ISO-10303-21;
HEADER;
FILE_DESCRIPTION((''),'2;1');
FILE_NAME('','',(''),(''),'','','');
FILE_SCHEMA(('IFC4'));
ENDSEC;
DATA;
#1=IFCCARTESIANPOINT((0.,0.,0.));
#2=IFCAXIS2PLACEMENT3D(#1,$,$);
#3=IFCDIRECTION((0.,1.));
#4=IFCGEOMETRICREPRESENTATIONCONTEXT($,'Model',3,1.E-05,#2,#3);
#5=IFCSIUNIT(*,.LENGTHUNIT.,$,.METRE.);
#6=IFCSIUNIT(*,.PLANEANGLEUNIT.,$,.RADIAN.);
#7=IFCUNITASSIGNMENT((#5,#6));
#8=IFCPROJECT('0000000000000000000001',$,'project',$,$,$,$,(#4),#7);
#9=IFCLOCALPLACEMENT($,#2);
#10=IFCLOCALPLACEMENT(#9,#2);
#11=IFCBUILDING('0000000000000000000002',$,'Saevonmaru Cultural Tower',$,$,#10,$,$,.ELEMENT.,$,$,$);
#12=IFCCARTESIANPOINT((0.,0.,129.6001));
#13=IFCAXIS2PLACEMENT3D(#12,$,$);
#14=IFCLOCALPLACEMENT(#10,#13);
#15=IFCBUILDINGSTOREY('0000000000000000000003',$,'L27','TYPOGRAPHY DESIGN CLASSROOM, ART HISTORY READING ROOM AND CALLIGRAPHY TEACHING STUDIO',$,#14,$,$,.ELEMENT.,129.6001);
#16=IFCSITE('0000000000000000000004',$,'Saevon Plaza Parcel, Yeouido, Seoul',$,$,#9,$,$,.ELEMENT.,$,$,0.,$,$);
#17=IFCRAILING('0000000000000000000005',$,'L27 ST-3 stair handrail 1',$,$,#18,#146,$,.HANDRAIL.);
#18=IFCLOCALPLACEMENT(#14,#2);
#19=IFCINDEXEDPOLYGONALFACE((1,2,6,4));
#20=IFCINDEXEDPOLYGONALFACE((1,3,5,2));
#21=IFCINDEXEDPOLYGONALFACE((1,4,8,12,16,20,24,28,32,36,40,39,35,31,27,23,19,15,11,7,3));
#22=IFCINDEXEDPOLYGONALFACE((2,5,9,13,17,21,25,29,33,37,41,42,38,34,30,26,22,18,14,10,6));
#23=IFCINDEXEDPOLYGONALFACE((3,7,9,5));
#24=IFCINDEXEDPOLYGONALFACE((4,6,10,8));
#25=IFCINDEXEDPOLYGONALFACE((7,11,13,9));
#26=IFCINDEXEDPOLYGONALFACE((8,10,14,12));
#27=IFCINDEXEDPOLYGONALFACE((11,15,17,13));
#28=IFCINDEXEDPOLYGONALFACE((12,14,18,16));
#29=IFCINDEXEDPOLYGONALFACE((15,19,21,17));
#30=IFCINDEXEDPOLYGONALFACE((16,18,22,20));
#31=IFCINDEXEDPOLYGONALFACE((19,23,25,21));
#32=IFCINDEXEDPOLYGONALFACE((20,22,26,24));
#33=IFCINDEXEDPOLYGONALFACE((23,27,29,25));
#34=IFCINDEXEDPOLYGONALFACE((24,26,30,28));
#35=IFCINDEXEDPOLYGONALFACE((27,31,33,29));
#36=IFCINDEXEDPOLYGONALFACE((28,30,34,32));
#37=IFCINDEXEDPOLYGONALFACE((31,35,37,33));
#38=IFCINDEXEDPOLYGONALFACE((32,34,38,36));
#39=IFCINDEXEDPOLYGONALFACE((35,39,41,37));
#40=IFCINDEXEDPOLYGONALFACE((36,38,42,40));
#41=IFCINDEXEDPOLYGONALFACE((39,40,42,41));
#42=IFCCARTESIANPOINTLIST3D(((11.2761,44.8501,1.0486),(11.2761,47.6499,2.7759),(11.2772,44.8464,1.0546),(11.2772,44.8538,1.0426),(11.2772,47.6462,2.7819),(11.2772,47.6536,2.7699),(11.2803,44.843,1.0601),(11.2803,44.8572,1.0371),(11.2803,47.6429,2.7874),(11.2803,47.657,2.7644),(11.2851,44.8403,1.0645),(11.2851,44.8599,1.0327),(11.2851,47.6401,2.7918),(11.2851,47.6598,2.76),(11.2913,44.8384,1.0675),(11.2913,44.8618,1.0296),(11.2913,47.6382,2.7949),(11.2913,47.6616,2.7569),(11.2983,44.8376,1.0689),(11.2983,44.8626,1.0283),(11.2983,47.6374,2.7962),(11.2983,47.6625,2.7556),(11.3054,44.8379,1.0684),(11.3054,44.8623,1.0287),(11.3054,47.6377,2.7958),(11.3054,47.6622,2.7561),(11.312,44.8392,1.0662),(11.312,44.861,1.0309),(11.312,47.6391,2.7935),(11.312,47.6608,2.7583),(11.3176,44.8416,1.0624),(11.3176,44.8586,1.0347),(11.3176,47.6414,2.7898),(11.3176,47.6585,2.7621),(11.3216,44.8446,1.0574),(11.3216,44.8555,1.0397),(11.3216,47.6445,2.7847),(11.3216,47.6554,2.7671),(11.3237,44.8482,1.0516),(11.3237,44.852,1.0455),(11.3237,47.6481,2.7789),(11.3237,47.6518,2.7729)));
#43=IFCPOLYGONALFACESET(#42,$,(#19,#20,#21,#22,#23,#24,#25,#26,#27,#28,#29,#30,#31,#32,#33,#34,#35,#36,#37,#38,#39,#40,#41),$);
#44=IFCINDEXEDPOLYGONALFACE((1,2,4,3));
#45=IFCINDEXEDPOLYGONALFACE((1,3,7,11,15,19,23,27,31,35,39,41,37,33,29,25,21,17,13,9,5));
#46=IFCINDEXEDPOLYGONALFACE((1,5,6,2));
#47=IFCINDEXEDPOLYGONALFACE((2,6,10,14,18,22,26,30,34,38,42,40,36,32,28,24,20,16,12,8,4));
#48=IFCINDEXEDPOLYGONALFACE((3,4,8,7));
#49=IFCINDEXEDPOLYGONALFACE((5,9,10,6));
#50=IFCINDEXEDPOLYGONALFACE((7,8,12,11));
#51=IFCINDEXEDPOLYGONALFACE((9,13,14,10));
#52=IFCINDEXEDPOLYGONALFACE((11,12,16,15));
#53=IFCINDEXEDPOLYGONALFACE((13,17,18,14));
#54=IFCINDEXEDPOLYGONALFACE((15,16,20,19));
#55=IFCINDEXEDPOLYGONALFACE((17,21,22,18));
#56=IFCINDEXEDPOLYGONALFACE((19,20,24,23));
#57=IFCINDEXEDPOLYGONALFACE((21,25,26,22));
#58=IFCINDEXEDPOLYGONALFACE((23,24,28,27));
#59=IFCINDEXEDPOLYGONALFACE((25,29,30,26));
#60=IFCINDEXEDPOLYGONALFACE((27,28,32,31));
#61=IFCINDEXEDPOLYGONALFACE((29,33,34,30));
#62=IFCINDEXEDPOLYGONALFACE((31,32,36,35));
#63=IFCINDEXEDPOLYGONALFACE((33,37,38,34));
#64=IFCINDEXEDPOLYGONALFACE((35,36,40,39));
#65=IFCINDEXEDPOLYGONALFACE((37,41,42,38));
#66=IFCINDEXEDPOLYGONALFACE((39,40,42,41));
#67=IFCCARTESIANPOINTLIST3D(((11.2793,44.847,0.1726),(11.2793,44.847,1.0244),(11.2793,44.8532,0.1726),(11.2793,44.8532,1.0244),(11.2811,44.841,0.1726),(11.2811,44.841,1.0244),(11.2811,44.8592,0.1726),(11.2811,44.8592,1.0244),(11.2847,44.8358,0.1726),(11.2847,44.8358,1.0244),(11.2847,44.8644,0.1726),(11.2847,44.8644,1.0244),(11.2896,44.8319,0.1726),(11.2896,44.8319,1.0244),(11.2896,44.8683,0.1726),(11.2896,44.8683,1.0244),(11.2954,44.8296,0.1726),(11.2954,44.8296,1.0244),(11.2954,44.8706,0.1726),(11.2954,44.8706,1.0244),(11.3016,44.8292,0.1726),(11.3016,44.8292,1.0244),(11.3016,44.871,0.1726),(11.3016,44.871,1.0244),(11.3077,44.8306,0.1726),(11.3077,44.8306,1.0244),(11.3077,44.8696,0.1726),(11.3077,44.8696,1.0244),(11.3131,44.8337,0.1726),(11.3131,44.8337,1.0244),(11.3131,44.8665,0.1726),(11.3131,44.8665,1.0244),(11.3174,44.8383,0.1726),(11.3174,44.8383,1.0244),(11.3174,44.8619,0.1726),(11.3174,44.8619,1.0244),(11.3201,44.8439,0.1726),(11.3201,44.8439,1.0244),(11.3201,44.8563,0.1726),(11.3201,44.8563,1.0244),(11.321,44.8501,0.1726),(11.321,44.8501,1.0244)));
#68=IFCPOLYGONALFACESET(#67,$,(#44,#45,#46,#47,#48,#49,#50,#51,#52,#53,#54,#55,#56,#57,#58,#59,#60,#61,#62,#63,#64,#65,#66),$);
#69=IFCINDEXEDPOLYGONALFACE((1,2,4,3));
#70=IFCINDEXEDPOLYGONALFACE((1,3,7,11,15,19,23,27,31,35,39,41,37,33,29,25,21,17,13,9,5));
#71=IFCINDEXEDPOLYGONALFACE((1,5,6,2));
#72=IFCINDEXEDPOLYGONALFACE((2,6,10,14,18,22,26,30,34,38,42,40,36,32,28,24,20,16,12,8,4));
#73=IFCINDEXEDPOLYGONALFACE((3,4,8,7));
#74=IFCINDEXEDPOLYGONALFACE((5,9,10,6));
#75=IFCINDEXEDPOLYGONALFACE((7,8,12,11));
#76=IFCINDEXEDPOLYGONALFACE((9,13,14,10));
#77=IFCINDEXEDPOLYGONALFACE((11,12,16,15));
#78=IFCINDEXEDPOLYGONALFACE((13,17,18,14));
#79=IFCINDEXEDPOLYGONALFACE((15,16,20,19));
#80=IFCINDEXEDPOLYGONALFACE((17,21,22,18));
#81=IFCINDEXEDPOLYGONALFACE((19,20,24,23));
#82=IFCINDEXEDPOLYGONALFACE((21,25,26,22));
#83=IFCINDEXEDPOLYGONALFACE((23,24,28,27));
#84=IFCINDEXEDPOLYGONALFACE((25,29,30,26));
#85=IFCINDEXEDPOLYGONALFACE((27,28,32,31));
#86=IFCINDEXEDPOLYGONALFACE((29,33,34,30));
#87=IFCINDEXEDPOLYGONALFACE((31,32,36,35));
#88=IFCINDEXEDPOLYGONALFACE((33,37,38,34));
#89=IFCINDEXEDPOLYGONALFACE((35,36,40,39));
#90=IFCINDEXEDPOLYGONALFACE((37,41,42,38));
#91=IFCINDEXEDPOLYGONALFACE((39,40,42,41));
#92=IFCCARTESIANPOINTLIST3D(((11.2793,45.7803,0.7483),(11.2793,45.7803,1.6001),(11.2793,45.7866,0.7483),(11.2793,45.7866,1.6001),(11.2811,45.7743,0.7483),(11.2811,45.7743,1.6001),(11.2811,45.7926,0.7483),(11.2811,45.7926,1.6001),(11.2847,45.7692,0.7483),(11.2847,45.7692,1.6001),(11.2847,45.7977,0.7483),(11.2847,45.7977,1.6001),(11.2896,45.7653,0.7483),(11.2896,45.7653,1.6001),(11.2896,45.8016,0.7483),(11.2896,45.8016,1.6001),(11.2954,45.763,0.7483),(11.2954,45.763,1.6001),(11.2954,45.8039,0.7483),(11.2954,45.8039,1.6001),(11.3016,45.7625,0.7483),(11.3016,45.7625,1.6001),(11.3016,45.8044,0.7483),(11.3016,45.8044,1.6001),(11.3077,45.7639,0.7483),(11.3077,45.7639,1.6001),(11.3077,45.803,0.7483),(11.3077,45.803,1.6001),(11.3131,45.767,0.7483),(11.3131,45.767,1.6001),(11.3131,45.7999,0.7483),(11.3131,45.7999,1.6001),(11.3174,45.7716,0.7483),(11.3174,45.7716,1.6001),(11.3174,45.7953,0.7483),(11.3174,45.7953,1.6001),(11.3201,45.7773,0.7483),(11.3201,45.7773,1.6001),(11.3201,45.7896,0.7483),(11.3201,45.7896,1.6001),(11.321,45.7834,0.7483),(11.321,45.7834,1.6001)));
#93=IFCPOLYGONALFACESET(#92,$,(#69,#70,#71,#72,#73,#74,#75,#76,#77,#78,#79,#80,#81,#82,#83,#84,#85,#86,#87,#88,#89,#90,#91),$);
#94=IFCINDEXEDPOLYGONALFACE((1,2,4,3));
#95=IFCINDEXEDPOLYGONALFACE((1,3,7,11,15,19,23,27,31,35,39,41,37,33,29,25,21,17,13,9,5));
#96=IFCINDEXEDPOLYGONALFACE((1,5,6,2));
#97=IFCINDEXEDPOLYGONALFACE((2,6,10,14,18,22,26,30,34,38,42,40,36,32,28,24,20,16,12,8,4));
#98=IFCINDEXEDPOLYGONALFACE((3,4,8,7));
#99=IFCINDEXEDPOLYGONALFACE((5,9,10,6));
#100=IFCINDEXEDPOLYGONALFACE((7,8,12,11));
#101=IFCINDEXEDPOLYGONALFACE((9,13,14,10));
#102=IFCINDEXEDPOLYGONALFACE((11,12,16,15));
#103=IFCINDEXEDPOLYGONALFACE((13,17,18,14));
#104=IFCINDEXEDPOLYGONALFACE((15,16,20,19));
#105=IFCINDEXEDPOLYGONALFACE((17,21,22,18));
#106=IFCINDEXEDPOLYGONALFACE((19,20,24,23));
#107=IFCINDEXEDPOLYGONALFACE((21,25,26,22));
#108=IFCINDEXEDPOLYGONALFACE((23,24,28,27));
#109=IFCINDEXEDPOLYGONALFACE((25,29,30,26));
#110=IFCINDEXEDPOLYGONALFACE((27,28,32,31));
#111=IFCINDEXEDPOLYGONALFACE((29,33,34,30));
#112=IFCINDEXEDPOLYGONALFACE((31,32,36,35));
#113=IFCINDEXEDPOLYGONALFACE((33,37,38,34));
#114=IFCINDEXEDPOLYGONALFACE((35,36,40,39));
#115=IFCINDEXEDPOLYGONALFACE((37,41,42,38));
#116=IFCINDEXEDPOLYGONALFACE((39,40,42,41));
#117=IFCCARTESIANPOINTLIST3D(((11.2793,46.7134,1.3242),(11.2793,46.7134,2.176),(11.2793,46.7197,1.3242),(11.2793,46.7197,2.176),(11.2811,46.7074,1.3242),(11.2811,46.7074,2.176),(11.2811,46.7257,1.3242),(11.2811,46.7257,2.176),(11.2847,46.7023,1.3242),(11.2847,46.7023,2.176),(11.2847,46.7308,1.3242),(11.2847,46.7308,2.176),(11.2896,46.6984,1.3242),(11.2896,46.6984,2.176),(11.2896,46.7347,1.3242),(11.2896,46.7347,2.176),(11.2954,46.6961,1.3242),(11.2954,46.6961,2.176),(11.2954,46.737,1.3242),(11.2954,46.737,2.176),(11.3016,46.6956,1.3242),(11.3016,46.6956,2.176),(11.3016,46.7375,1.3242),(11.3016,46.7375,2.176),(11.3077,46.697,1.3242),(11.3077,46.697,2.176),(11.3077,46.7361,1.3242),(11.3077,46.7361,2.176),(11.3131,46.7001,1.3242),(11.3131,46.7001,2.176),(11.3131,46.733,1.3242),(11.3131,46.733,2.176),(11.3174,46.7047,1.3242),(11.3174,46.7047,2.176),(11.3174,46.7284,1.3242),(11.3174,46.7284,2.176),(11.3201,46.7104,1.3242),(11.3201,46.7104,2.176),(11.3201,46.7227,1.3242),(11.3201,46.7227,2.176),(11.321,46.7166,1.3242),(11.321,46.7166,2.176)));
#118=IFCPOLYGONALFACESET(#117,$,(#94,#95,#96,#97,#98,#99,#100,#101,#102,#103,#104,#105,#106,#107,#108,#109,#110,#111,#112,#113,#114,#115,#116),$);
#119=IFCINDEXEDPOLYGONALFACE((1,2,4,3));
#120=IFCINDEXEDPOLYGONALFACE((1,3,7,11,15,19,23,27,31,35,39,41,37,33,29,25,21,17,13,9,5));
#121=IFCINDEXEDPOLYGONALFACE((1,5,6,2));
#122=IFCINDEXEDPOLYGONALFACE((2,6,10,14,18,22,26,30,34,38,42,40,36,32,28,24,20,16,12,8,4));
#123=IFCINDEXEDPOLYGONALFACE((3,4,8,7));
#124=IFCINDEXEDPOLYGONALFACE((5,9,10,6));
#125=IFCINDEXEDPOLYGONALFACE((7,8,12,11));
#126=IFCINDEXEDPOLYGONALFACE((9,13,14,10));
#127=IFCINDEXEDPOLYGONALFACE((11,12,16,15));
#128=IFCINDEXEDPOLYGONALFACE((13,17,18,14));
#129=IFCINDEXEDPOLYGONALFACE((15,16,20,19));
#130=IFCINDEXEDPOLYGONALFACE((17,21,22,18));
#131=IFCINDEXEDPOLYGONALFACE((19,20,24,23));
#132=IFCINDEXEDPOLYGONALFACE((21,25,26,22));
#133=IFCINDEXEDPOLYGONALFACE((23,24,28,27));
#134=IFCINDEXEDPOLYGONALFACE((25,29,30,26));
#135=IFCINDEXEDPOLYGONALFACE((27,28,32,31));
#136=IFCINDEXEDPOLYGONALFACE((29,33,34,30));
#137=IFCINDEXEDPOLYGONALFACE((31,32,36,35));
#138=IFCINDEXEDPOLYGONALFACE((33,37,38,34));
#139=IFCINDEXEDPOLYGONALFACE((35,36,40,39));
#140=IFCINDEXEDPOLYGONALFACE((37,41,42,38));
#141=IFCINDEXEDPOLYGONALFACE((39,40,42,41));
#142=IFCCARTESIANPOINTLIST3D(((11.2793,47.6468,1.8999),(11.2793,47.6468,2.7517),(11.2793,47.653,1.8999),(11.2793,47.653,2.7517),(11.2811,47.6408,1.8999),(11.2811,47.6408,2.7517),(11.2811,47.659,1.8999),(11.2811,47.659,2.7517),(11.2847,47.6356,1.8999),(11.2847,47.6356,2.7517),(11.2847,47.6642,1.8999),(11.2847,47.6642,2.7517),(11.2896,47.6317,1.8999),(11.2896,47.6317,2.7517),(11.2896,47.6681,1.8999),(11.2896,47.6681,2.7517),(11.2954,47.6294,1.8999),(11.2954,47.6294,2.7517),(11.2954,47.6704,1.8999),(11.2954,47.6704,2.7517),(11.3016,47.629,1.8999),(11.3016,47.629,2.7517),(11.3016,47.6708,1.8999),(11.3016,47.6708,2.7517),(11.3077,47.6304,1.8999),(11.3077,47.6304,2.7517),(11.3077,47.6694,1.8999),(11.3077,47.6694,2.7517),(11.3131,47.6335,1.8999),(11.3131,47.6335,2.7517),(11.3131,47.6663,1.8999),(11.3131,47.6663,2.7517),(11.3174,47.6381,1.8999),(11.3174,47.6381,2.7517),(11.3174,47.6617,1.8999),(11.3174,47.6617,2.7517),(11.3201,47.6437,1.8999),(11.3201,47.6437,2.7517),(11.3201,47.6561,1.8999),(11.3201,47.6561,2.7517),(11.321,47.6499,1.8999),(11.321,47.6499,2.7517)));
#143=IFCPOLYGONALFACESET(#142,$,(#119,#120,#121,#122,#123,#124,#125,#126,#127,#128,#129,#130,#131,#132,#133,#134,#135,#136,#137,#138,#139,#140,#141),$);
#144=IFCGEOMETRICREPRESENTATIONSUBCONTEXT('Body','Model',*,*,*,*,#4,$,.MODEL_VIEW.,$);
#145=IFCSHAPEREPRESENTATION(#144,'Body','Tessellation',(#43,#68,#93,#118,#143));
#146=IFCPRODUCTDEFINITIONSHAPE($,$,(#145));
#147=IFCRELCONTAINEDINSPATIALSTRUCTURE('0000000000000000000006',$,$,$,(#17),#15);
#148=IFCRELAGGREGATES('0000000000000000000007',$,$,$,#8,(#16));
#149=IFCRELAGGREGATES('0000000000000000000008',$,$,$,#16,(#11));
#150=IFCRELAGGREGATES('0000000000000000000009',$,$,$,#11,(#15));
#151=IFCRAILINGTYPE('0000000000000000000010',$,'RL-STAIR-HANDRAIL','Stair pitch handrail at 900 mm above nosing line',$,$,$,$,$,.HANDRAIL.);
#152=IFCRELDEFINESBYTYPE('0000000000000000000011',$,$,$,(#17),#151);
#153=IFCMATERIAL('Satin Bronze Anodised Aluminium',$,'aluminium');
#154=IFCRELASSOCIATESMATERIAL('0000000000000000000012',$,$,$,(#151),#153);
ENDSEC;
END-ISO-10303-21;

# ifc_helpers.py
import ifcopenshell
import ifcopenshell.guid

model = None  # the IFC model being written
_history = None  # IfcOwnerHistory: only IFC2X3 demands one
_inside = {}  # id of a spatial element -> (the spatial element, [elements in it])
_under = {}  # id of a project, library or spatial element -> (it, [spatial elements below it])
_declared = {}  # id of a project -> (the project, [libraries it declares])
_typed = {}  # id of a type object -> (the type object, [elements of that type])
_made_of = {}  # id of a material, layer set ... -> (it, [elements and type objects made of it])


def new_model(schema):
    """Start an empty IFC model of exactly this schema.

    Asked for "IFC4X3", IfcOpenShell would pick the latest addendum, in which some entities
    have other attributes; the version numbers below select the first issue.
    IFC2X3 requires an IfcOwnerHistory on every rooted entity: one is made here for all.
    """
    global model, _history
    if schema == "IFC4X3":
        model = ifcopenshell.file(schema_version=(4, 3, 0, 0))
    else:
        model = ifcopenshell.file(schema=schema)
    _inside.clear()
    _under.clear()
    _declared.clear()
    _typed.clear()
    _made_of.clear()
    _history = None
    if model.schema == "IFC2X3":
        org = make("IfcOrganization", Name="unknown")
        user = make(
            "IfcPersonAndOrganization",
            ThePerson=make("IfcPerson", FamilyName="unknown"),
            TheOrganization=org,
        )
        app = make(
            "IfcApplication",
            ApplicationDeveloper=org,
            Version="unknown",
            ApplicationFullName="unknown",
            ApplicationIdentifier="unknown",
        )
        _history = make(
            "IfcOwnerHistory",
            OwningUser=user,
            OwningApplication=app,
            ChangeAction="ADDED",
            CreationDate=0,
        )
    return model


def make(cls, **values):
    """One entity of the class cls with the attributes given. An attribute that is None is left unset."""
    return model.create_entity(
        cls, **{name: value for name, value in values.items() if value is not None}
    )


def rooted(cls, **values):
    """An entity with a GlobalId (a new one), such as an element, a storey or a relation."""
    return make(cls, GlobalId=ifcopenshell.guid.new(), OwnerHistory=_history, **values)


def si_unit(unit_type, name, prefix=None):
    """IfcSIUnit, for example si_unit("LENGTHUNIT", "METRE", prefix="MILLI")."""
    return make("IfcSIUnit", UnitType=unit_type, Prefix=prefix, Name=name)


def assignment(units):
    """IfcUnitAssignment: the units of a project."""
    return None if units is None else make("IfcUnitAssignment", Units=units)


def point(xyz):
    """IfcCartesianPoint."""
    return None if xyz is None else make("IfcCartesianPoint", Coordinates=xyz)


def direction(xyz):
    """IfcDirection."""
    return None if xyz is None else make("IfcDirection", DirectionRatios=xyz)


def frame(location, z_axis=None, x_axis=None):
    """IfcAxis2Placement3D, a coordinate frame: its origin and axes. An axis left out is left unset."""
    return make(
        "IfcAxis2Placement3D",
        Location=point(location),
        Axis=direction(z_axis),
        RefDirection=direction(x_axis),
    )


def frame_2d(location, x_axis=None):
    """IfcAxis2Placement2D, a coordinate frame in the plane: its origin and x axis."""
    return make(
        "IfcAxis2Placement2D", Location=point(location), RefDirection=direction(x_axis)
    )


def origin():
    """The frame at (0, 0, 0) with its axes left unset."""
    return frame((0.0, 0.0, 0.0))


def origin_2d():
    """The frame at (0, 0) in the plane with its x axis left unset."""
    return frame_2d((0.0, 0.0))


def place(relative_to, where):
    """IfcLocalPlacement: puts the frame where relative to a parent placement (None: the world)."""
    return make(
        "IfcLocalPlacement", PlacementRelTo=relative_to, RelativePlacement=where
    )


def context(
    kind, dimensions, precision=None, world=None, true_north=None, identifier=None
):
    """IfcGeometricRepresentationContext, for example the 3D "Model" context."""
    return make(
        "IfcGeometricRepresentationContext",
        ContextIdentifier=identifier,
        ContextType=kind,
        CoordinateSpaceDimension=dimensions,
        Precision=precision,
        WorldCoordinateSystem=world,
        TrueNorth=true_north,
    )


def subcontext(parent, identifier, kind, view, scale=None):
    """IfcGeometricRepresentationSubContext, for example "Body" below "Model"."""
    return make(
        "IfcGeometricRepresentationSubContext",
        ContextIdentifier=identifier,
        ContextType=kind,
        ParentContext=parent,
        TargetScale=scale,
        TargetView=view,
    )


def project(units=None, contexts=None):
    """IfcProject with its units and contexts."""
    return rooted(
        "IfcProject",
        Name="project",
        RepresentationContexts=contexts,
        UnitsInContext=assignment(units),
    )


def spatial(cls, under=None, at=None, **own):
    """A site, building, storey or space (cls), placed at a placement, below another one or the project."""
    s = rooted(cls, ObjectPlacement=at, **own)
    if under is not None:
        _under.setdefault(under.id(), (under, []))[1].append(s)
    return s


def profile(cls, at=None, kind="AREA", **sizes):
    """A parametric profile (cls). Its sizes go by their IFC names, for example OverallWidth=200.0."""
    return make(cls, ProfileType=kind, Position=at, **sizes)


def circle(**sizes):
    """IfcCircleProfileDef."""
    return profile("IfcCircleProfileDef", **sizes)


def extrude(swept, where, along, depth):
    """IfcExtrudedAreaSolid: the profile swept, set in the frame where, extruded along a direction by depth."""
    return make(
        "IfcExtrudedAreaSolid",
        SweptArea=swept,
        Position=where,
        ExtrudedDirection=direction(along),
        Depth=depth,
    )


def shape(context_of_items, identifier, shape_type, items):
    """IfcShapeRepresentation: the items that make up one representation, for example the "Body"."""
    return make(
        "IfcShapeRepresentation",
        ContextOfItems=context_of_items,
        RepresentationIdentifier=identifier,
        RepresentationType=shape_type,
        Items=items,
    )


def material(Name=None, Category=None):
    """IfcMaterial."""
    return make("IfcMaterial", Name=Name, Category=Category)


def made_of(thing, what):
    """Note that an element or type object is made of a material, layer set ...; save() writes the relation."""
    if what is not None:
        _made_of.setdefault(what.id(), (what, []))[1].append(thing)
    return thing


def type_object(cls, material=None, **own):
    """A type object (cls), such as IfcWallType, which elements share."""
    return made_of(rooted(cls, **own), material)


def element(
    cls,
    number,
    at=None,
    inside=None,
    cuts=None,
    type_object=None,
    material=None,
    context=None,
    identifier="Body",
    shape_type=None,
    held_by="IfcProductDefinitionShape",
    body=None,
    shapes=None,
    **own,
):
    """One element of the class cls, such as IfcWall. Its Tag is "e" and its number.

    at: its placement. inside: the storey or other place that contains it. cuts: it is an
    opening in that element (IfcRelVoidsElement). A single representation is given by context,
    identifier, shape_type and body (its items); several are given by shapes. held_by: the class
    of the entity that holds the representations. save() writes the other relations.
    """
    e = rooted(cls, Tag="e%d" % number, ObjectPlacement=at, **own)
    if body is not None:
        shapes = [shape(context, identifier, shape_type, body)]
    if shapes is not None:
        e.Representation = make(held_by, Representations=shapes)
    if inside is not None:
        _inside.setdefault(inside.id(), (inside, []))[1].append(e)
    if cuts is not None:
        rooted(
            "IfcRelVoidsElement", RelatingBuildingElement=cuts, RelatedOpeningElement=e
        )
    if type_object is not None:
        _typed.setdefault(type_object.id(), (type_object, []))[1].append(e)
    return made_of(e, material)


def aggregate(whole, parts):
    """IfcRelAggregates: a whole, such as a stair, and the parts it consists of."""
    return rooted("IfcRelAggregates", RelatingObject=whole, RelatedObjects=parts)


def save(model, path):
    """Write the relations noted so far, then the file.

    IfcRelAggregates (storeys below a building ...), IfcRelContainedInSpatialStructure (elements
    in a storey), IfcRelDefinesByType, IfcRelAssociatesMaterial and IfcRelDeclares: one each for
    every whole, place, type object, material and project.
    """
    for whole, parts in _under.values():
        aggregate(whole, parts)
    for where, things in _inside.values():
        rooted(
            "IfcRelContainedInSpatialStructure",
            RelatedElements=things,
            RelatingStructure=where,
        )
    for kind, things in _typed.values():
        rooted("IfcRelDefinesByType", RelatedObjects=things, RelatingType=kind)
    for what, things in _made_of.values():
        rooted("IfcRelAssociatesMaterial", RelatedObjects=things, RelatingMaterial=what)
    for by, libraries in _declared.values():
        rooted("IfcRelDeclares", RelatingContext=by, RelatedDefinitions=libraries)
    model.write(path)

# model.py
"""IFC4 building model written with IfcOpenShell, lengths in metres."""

from ifc_helpers import new_model, si_unit, direction, frame, origin, origin_2d, place, context, subcontext, project, spatial, circle, extrude, material, type_object, element, save


model = new_model("IFC4")

# Units and contexts
model_context = context("Model", 3, precision=1e-05, world=origin(), true_north=direction((0.0, 1.0)))
body_context = subcontext(model_context, "Body", "Model", "MODEL_VIEW")
ifc_project = project(units=[si_unit("LENGTHUNIT", "METRE"), si_unit("PLANEANGLEUNIT", "RADIAN")], contexts=[model_context])

# Site, building, storey
site_placement = place(None, origin())
site = spatial("IfcSite", under=ifc_project, at=site_placement, Name="Saevon Plaza Parcel, Yeouido, Seoul", CompositionType="ELEMENT", RefElevation=0.0)
building_placement = place(site_placement, origin())
building = spatial("IfcBuilding", under=site, at=building_placement, Name="Saevonmaru Cultural Tower", CompositionType="ELEMENT")
storey_placement = place(building_placement, frame((0.0, 0.0, 129.6001)))
storey = spatial("IfcBuildingStorey", under=building, at=storey_placement, Name="L27", Description="TYPOGRAPHY DESIGN CLASSROOM, ART HISTORY READING ROOM AND CALLIGRAPHY TEACHING STUDIO", CompositionType="ELEMENT", Elevation=129.6001)

# Shared definitions
ifc_material_1 = material(Name="Satin Bronze Anodised Aluminium", Category="aluminium")

# Railing
railing_type_1 = type_object("IfcRailingType", Name="RL-STAIR-HANDRAIL", Description="Stair pitch handrail at 900 mm above nosing line", PredefinedType="HANDRAIL", material=ifc_material_1)
railing_1_placement = place(storey_placement, frame((11.3, 44.8501, 0.1726)))
element("IfcRailing", 1, at=railing_1_placement, inside=storey, type_object=railing_type_1, Name="L27 ST-3 stair handrail 1", PredefinedType="HANDRAIL", context=body_context, shape_type="SweptSolid", body=[
    extrude(circle(Radius=0.0239, at=origin_2d()), frame((0.0, 0.0, 0.876), z_axis=(0.0, 0.851069, 0.525054), x_axis=(-1.0, 0.0, 0.0)), (0.0, 0.0, 1.0), 3.2898),
    extrude(circle(Radius=0.021, at=origin_2d()), origin(), (0.0, 0.0, 1.0), 0.8518),
    extrude(circle(Radius=0.021, at=origin_2d()), frame((0.0, 0.9333, 0.5757)), (0.0, 0.0, 1.0), 0.8518),
    extrude(circle(Radius=0.021, at=origin_2d()), frame((0.0, 1.8665, 1.1516)), (0.0, 0.0, 1.0), 0.8518),
    extrude(circle(Radius=0.021, at=origin_2d()), frame((0.0, 2.7998, 1.7273)), (0.0, 0.0, 1.0), 0.8518),
])

save(model, "model.ifc")
